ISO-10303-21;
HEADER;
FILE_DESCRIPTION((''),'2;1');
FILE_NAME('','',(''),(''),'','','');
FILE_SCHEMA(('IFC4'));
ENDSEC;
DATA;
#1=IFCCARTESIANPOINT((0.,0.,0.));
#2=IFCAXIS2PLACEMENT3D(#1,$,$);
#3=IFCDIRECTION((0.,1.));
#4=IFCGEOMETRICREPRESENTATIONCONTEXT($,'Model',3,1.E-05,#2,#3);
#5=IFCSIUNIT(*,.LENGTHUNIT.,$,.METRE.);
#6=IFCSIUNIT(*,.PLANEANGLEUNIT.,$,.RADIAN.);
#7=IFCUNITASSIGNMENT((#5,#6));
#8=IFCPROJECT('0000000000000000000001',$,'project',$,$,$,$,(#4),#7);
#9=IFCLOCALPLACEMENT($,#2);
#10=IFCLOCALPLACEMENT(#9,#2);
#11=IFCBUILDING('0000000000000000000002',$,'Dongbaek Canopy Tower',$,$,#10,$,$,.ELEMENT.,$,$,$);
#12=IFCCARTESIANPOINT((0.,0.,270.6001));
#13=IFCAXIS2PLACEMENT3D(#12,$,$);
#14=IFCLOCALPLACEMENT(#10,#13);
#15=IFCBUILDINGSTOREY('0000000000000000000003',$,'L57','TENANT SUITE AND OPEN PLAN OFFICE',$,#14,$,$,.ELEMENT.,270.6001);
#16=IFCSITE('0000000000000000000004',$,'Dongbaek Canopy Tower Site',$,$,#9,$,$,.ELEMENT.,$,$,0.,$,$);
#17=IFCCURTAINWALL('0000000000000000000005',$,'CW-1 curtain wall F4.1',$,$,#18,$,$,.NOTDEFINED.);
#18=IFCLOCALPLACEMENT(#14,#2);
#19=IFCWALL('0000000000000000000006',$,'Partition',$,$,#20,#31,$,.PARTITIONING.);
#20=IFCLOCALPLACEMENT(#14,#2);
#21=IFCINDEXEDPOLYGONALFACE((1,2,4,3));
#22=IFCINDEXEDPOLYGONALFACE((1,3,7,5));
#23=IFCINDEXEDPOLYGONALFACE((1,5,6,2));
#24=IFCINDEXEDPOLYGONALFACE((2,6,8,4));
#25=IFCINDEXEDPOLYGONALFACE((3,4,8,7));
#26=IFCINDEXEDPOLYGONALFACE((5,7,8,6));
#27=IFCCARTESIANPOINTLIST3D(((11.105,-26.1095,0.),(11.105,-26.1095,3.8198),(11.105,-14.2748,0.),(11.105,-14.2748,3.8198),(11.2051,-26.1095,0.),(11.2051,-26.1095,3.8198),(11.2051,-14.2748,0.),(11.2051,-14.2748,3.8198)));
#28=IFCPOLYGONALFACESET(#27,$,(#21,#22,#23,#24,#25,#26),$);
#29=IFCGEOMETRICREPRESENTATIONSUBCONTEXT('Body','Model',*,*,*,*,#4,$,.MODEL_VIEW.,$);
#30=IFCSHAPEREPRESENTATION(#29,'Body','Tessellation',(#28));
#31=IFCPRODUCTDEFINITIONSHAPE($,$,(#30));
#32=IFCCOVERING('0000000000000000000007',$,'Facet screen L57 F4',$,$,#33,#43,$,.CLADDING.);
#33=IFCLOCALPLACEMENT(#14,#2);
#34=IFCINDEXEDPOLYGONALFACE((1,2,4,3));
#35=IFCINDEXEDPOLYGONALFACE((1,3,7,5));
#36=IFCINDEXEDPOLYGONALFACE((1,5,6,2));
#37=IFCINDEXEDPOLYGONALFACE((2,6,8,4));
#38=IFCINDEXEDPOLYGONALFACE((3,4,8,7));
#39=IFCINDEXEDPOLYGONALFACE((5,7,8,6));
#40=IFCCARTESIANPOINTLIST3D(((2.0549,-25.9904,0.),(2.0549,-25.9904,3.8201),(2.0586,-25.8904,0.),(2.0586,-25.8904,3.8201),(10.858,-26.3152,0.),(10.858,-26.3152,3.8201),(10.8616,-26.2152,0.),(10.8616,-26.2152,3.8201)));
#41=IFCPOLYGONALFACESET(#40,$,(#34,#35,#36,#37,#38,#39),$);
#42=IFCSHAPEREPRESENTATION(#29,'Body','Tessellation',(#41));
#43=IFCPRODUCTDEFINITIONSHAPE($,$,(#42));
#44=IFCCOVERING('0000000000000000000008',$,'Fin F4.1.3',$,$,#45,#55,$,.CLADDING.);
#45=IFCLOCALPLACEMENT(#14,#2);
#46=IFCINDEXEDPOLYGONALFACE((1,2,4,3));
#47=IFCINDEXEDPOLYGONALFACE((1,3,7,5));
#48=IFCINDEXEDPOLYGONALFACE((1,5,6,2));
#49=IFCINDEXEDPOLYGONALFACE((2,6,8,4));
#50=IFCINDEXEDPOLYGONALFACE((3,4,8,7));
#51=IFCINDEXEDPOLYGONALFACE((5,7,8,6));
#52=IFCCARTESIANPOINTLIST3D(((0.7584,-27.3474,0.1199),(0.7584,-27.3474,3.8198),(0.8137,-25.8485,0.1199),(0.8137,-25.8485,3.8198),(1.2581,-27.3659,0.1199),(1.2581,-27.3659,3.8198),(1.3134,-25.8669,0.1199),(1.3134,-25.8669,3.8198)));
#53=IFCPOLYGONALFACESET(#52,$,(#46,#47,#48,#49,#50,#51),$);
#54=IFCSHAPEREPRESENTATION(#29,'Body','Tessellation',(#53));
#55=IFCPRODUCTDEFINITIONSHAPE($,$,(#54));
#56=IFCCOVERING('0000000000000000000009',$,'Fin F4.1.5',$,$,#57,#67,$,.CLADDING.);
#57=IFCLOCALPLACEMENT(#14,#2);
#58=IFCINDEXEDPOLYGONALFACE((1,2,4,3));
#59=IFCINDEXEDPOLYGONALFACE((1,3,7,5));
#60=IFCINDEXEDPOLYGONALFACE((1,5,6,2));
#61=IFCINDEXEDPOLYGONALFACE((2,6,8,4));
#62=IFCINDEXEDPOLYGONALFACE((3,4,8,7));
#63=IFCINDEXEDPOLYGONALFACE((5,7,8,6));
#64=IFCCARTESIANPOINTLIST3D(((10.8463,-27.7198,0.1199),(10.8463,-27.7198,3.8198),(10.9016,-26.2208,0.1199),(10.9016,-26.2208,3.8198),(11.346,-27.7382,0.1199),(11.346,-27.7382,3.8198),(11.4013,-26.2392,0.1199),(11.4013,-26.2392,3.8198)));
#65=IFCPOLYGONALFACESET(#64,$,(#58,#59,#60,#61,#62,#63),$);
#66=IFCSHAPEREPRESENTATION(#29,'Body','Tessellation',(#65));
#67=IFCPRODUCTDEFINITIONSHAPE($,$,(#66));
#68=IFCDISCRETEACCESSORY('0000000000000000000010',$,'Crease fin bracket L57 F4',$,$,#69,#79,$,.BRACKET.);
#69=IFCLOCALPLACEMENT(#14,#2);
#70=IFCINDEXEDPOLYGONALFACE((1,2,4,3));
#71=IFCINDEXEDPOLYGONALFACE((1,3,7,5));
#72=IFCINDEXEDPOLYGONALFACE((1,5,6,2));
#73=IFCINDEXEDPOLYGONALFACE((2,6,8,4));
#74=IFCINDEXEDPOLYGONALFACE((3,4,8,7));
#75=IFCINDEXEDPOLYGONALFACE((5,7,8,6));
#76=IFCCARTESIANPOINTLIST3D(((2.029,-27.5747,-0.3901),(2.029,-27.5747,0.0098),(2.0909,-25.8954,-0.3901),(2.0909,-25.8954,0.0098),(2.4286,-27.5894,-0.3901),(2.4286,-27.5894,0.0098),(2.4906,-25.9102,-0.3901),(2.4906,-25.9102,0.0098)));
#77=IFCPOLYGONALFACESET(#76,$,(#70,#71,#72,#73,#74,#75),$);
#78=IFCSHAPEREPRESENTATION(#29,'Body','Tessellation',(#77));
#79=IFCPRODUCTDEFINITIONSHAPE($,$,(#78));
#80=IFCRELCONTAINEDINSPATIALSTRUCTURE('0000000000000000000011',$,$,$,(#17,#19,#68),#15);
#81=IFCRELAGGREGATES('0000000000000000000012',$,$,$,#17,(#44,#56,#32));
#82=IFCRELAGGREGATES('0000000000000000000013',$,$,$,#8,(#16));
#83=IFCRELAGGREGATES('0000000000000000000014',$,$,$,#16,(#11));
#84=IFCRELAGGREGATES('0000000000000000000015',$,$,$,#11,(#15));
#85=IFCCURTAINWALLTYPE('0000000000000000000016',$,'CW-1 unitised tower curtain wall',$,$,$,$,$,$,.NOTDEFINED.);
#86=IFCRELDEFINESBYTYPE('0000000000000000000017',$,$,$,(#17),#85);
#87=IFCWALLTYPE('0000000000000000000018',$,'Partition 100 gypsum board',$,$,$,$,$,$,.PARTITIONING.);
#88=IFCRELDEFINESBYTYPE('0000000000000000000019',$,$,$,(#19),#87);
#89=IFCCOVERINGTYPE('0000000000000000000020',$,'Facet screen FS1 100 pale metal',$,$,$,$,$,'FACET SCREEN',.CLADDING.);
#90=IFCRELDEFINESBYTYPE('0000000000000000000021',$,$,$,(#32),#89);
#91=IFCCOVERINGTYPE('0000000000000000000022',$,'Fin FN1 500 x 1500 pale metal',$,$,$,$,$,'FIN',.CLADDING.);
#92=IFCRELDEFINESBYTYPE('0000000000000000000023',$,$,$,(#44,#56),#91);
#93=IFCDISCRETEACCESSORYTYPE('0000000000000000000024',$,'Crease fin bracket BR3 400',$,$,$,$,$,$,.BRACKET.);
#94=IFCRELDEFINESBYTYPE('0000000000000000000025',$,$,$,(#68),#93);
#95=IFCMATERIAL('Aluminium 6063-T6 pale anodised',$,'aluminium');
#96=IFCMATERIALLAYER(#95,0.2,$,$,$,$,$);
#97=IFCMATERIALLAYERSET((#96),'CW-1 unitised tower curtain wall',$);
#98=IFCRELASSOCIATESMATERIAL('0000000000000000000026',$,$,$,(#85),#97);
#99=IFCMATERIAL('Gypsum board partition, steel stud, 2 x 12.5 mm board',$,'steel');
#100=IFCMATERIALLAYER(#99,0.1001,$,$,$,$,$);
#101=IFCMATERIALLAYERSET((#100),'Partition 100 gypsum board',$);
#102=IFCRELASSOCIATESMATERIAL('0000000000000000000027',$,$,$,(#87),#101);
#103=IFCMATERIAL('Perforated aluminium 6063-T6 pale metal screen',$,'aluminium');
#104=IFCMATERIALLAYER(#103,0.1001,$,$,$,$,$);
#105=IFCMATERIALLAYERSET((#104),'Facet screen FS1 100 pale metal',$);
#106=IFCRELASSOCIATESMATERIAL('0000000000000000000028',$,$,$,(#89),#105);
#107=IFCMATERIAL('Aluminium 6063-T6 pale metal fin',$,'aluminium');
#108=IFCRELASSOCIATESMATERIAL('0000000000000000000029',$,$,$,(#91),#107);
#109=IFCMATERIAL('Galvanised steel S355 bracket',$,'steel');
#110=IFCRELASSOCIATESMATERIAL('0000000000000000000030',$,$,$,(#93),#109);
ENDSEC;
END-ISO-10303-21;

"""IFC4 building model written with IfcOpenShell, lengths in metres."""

from ifc_helpers import new_model, si_unit, direction, frame, frame_2d, origin, origin_2d, place, context, subcontext, project, spatial, rectangle, extrude, material, layer, layer_set, material_profile, profile_set, type_object, element, aggregate, save


model = new_model("IFC4")

# Units and contexts
model_context = context("Model", 3, precision=1e-05, world=origin(), true_north=direction((0.0, 1.0)))
body_context = subcontext(model_context, "Body", "Model", "MODEL_VIEW")
ifc_project = project(units=[si_unit("LENGTHUNIT", "METRE"), si_unit("PLANEANGLEUNIT", "RADIAN")], contexts=[model_context])

# Site, building, storey
site_placement = place(None, origin())
site = spatial("IfcSite", under=ifc_project, at=site_placement, Name="Dongbaek Canopy Tower Site", CompositionType="ELEMENT", RefElevation=0.0)
building_placement = place(site_placement, origin())
building = spatial("IfcBuilding", under=site, at=building_placement, Name="Dongbaek Canopy Tower", CompositionType="ELEMENT")
storey_placement = place(building_placement, frame((0.0, 0.0, 270.6001)))
storey = spatial("IfcBuildingStorey", under=building, at=storey_placement, Name="L57", Description="TENANT SUITE AND OPEN PLAN OFFICE", CompositionType="ELEMENT", Elevation=270.6001)

# Curtain wall
ifc_material_1 = material(Name="Aluminium 6063-T6 pale anodised", Category="aluminium")
ifc_layer_1 = layer(ifc_material_1, 0.2)
ifc_layer_set_1 = layer_set([ifc_layer_1], Name="CW-1 unitised tower curtain wall")
curtain_wall_type = type_object("IfcCurtainWallType", Name="CW-1 unitised tower curtain wall", PredefinedType="NOTDEFINED", material=ifc_layer_set_1)
curtain_wall_1_placement = place(storey_placement, origin())
curtain_wall_1 = element("IfcCurtainWall", 1, at=curtain_wall_1_placement, inside=storey, type_object=curtain_wall_type, Name="CW-1 curtain wall F4.1", PredefinedType="NOTDEFINED")

# Wall
ifc_material_2 = material(Name="Gypsum board partition, steel stud, 2 x 12.5 mm board", Category="steel")
ifc_layer_2 = layer(ifc_material_2, 0.1001)
ifc_layer_set_2 = layer_set([ifc_layer_2], Name="Partition 100 gypsum board")
wall_type_1 = type_object("IfcWallType", Name="Partition 100 gypsum board", PredefinedType="PARTITIONING", material=ifc_layer_set_2)
wall_1_placement = place(storey_placement, frame((11.155, -26.1096, 0.0), z_axis=(0.0, 0.0, 1.0), x_axis=(0.0, 1.0, 0.0)))
element("IfcWall", 2, at=wall_1_placement, inside=storey, type_object=wall_type_1, Name="Partition", PredefinedType="PARTITIONING", context=body_context, shape_type="SweptSolid", body=[
    extrude(rectangle(XDim=11.8347, YDim=0.1001, at=frame_2d((5.9175, 0.0))), origin(), (0.0, 0.0, 1.0), 3.8198),
])

# Coverings
ifc_material_3 = material(Name="Perforated aluminium 6063-T6 pale metal screen", Category="aluminium")
ifc_layer_3 = layer(ifc_material_3, 0.1001)
ifc_layer_set_3 = layer_set([ifc_layer_3], Name="Facet screen FS1 100 pale metal")
covering_type_1 = type_object("IfcCoveringType", Name="Facet screen FS1 100 pale metal", ElementType="FACET SCREEN", PredefinedType="CLADDING", material=ifc_layer_set_3)
covering_1_placement = place(storey_placement, frame((6.4583, -26.1028, 0.0), z_axis=(0.0, 0.0, 1.0), x_axis=(0.99932, -0.036874, 0.0)))
covering_1 = element("IfcCovering", 3, at=covering_1_placement, type_object=covering_type_1, Name="Facet screen L57 F4", PredefinedType="CLADDING", context=body_context, shape_type="SweptSolid", body=[
    extrude(rectangle(XDim=8.8091, YDim=0.1001, at=origin_2d()), origin(), (0.0, 0.0, 1.0), 3.8201),
])
ifc_material_4 = material(Name="Aluminium 6063-T6 pale metal fin", Category="aluminium")
ifc_material_profile_1 = material_profile(ifc_material_4, rectangle(XDim=1.5, YDim=0.5, at=origin_2d()), Name="Fin FN1 500 x 1500 pale metal")
ifc_profile_set_1 = profile_set([ifc_material_profile_1], Name="Aluminium 6063-T6 pale metal fin")
covering_type_2 = type_object("IfcCoveringType", Name="Fin FN1 500 x 1500 pale metal", ElementType="FIN", PredefinedType="CLADDING", material=ifc_profile_set_1)
covering_2_placement = place(storey_placement, frame((1.0359, -26.6072, 0.1199), z_axis=(0.0, 0.0, 1.0), x_axis=(-0.036874, -0.99932, 0.0)))
covering_2 = element("IfcCovering", 4, at=covering_2_placement, type_object=covering_type_2, Name="Fin F4.1.3", PredefinedType="CLADDING", context=body_context, shape_type="SweptSolid", body=[
    extrude(rectangle(XDim=1.5, YDim=0.5, at=origin_2d()), origin(), (0.0, 0.0, 1.0), 3.7),
])
covering_3_placement = place(storey_placement, frame((11.1238, -26.9795, 0.1199), z_axis=(0.0, 0.0, 1.0), x_axis=(-0.036874, -0.99932, 0.0)))
covering_3 = element("IfcCovering", 5, at=covering_3_placement, type_object=covering_type_2, Name="Fin F4.1.5", PredefinedType="CLADDING", context=body_context, shape_type="SweptSolid", body=[
    extrude(rectangle(XDim=1.5, YDim=0.5, at=origin_2d()), origin(), (0.0, 0.0, 1.0), 3.7),
])
aggregate(curtain_wall_1, [covering_2, covering_3, covering_1])

# Discrete accessory
ifc_material_5 = material(Name="Galvanised steel S355 bracket", Category="steel")
discrete_accessory_type = type_object("IfcDiscreteAccessoryType", Name="Crease fin bracket BR3 400", PredefinedType="BRACKET", material=ifc_material_5)
discrete_accessory_placement = place(storey_placement, frame((2.2598, -26.7424, -0.3901), z_axis=(0.0, 0.0, 1.0), x_axis=(-0.036874, -0.99932, 0.0)))
element("IfcDiscreteAccessory", 6, at=discrete_accessory_placement, inside=storey, type_object=discrete_accessory_type, Name="Crease fin bracket L57 F4", PredefinedType="BRACKET", context=body_context, shape_type="SweptSolid", body=[
    extrude(rectangle(XDim=1.6804, YDim=0.3999, at=origin_2d()), origin(), (0.0, 0.0, 1.0), 0.3999),
])

save(model, "model.ifc")
